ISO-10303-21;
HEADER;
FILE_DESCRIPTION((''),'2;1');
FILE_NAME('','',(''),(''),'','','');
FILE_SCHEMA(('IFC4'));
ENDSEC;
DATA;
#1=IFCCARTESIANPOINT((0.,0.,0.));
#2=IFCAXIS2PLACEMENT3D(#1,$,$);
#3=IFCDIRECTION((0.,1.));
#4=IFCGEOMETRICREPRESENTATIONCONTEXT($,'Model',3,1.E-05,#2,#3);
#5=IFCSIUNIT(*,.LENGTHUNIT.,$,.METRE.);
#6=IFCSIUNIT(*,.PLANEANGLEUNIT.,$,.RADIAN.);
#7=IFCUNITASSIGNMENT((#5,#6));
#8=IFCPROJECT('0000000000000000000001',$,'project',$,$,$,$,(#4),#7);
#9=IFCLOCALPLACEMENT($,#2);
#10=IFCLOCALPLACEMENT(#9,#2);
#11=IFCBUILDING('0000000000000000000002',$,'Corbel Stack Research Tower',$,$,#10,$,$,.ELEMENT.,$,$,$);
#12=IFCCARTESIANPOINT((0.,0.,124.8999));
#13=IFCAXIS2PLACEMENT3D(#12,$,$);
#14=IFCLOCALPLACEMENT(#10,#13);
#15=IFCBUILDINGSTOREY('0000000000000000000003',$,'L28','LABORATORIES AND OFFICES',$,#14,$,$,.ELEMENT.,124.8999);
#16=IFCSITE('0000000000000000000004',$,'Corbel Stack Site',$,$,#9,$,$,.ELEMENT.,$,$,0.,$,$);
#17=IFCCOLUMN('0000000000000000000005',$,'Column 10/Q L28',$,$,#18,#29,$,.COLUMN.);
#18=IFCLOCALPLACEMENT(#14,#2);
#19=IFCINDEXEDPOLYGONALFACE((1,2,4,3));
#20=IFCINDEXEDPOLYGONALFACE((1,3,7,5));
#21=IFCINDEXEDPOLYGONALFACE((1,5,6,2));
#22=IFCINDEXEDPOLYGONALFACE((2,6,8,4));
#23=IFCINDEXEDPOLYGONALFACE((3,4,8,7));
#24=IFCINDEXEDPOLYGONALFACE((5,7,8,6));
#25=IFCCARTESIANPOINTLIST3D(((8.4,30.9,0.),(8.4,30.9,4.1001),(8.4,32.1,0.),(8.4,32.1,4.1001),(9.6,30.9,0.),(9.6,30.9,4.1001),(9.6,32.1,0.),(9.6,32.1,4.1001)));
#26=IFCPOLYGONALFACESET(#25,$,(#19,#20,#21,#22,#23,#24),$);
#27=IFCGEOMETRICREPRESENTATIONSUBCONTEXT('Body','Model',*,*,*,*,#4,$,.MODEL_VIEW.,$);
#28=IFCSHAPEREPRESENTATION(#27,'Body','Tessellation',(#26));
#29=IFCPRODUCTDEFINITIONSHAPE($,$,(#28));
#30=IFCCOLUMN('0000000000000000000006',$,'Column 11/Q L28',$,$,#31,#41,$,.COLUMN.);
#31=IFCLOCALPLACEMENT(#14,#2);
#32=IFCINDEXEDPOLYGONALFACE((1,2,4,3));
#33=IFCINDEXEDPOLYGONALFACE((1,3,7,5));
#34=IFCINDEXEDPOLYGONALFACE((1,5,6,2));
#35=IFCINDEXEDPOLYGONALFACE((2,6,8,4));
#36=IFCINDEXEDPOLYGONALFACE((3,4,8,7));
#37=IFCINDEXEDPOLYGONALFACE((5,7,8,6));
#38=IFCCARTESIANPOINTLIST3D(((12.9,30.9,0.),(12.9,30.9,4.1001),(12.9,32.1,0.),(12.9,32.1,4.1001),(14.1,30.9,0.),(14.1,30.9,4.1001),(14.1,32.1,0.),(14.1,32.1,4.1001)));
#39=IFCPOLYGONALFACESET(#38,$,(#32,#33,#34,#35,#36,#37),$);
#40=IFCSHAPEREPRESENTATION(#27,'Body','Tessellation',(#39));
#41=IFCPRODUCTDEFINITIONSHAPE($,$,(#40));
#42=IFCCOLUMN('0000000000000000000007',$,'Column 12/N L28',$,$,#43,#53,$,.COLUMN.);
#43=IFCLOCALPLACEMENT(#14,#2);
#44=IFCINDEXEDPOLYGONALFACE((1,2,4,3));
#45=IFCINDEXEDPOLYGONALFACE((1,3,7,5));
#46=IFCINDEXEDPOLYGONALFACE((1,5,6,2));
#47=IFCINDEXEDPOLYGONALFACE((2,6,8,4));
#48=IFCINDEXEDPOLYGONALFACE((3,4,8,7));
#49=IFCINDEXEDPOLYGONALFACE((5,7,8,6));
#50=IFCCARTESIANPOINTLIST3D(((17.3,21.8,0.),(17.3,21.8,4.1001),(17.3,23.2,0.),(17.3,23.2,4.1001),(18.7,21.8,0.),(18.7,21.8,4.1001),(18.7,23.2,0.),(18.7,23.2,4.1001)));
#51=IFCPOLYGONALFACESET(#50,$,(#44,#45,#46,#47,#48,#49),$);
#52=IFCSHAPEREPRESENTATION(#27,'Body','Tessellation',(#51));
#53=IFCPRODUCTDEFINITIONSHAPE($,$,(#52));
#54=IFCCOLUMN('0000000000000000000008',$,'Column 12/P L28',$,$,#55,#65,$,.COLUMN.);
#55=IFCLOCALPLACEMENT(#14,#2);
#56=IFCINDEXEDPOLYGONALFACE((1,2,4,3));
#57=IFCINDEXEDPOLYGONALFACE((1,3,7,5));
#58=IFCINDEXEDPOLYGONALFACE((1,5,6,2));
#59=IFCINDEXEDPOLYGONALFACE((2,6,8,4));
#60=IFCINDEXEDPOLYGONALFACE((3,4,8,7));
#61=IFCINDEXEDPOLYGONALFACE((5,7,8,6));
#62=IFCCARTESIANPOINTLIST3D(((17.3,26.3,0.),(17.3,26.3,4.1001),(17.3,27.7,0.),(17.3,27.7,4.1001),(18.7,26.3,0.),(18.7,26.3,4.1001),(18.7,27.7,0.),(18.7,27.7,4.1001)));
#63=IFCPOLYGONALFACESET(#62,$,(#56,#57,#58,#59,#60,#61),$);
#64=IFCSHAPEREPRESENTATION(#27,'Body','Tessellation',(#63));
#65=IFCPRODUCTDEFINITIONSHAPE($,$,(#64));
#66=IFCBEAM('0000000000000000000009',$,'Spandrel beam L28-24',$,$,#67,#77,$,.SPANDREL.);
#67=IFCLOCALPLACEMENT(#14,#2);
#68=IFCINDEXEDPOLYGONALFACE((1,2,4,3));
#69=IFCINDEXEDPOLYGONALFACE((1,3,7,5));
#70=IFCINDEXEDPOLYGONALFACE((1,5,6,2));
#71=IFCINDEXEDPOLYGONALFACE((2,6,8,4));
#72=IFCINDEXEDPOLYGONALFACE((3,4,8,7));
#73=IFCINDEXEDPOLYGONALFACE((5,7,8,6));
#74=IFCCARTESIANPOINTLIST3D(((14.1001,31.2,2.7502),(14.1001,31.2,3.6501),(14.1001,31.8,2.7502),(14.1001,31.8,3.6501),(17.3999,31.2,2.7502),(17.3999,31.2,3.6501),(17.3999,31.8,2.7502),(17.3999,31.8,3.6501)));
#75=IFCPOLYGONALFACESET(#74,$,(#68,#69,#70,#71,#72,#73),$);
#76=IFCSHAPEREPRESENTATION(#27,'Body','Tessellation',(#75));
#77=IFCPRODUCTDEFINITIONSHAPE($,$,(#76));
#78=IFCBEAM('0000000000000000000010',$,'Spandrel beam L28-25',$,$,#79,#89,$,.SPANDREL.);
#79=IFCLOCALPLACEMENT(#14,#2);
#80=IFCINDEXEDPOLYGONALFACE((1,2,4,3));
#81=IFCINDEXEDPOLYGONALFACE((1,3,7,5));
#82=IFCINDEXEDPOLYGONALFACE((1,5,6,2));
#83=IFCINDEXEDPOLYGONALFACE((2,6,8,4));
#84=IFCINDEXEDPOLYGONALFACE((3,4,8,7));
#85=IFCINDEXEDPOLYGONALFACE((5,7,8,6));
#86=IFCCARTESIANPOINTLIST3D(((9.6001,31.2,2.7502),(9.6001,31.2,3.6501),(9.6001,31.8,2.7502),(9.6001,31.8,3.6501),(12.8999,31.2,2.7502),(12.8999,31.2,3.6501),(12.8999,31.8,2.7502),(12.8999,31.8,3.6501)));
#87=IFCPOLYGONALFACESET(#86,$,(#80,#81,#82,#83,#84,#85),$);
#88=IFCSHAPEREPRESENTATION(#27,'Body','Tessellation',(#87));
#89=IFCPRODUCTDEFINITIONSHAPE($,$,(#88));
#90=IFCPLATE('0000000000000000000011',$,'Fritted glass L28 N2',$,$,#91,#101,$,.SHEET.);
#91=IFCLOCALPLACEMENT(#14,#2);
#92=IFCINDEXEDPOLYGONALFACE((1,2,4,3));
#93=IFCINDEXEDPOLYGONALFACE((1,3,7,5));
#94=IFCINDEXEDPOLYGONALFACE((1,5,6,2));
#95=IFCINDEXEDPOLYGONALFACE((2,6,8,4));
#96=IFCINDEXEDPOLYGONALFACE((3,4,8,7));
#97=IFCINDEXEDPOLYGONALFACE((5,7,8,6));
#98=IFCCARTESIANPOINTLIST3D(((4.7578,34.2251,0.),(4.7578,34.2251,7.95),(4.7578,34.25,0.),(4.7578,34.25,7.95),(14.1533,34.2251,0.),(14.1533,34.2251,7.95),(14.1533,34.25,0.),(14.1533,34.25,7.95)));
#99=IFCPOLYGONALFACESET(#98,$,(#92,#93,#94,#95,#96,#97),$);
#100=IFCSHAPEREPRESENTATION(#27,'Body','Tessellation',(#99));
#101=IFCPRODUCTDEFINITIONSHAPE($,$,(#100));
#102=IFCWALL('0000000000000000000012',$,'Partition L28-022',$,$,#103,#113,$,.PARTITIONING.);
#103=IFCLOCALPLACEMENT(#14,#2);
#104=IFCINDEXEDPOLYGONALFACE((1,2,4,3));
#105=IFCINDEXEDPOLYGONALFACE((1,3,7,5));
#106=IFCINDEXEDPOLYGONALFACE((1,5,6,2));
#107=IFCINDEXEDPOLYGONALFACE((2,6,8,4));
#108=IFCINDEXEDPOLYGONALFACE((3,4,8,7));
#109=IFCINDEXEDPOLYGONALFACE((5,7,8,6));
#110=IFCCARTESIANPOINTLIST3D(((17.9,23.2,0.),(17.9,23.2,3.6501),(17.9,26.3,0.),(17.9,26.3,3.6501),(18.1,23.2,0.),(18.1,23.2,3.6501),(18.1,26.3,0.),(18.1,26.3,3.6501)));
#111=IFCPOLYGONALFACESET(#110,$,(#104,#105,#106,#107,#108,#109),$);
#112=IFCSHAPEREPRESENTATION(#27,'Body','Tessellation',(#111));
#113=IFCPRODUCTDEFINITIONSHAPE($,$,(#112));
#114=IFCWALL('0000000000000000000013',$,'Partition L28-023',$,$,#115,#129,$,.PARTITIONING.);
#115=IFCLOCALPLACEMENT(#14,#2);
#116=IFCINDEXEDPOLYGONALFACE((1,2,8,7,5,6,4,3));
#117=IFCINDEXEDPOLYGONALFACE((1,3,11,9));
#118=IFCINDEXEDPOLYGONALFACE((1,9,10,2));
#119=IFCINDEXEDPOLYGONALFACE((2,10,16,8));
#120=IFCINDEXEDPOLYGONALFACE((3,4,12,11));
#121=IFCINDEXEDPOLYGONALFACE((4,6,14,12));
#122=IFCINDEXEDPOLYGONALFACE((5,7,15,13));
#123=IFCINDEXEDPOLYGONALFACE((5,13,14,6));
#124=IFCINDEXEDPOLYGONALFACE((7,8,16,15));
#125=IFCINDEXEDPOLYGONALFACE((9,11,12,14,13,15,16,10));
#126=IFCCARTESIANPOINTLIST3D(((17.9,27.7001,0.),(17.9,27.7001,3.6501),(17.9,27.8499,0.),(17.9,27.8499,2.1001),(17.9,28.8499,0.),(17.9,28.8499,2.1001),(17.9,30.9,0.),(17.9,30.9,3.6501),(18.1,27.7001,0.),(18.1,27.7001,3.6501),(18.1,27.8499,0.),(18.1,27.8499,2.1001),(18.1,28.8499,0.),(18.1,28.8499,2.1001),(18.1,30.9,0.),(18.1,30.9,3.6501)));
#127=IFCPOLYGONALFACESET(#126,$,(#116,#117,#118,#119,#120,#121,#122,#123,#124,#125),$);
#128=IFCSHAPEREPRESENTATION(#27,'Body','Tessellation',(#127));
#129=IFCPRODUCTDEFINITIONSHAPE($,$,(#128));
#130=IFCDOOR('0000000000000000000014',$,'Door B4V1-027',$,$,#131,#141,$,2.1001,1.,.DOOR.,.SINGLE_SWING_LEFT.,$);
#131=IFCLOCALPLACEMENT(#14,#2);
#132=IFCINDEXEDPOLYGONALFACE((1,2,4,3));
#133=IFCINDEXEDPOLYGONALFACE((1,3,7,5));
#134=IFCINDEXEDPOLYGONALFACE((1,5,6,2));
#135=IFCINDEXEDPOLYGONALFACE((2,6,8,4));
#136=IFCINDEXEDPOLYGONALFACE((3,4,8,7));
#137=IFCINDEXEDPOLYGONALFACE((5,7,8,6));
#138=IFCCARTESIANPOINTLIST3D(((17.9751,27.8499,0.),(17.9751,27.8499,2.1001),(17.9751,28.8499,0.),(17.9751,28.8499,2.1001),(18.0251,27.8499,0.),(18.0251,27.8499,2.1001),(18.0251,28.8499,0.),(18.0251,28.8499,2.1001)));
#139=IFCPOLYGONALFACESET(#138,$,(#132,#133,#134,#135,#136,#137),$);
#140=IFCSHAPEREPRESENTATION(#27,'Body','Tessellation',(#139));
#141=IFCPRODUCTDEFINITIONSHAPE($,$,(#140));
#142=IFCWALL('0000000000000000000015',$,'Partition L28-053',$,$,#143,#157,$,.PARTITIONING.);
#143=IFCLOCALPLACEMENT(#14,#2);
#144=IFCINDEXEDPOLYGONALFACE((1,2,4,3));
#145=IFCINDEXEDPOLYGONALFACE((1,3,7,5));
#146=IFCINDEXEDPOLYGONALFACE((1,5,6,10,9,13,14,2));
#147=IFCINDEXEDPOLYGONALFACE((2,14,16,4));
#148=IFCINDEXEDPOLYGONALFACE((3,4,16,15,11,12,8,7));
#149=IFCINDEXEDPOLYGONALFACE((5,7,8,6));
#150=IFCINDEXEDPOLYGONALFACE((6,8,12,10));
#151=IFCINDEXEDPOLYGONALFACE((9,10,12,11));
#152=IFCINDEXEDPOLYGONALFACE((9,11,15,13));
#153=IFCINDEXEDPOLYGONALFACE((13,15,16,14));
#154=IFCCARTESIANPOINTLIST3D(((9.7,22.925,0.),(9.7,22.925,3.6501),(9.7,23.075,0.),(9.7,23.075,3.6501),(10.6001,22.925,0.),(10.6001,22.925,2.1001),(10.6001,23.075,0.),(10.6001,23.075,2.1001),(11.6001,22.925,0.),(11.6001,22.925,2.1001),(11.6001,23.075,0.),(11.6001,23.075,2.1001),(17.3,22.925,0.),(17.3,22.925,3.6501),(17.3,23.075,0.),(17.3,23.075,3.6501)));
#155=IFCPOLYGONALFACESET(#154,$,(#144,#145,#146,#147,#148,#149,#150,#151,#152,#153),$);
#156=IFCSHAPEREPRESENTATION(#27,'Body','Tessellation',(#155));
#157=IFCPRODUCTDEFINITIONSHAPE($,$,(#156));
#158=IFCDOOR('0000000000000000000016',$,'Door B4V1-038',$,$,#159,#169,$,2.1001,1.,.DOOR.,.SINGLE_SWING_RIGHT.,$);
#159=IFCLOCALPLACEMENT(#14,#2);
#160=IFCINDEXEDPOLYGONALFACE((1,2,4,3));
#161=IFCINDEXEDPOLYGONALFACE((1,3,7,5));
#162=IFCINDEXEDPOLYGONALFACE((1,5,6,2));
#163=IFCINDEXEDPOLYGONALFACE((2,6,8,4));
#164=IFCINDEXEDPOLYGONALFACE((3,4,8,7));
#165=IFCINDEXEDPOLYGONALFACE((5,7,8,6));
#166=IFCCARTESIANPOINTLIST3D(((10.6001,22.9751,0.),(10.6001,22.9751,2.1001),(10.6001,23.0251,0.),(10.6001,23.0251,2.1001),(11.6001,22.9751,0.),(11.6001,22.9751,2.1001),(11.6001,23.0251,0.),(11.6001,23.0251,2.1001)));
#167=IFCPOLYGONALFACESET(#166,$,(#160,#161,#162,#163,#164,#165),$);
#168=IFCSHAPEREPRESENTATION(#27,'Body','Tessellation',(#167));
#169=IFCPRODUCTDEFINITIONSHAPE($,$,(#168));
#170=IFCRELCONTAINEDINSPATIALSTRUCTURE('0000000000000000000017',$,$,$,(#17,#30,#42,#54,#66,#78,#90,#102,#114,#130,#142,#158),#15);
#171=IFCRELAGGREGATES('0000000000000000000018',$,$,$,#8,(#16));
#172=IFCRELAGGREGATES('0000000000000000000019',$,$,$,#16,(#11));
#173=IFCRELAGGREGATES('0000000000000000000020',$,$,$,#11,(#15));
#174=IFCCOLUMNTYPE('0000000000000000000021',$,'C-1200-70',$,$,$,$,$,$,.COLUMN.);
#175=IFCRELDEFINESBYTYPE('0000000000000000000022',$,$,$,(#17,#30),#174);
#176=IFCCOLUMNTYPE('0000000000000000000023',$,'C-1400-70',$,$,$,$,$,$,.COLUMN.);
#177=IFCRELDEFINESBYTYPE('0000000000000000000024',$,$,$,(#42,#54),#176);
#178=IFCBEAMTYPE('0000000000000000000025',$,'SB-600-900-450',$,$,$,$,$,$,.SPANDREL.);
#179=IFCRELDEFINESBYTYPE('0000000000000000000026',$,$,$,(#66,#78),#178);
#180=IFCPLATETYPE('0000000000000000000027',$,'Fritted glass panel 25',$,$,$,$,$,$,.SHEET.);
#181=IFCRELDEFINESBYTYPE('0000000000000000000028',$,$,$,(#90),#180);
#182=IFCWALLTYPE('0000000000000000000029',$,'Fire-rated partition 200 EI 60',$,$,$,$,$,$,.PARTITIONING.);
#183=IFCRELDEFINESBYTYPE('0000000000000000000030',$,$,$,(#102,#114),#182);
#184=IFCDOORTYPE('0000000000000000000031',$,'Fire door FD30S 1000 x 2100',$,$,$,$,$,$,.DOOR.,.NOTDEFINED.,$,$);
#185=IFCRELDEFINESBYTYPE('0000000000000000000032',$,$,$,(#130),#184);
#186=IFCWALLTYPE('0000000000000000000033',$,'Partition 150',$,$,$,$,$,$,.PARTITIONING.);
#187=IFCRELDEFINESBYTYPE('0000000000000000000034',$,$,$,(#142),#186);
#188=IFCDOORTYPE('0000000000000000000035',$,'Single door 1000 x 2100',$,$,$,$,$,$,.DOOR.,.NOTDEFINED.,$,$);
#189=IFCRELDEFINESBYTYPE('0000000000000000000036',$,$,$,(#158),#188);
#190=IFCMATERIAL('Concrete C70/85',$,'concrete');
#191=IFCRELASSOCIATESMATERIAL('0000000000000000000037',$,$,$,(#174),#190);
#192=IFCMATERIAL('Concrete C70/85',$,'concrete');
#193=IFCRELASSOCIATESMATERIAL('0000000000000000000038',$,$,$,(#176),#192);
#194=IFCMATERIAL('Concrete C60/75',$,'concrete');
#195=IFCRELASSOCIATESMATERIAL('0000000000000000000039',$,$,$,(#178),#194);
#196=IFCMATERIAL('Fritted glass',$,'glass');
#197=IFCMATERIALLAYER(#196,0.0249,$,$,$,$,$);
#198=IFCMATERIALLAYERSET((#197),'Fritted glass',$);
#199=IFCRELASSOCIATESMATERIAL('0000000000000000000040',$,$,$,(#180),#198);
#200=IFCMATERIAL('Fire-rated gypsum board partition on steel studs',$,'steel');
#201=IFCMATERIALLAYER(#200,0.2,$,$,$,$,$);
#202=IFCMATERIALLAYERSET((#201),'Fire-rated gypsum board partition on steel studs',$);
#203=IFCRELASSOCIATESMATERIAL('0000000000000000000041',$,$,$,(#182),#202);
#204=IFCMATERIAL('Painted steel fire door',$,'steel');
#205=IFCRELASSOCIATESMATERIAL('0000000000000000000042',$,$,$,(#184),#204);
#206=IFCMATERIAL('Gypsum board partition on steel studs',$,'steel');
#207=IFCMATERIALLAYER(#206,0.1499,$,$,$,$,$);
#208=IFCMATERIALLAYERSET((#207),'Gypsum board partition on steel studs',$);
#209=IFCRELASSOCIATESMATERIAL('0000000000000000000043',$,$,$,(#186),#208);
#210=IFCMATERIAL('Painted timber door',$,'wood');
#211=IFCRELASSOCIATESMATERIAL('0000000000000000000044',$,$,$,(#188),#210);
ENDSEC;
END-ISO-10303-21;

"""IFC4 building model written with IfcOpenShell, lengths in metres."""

from ifc_helpers import new_model, si_unit, direction, frame, frame_2d, origin, origin_2d, place, context, subcontext, project, spatial, rectangle, extrude, material, layer, layer_set, material_profile, profile_set, type_object, element, fill, save


model = new_model("IFC4")

# Units and contexts
model_context = context("Model", 3, precision=1e-05, world=origin(), true_north=direction((0.0, 1.0)))
body_context = subcontext(model_context, "Body", "Model", "MODEL_VIEW")
ifc_project = project(units=[si_unit("LENGTHUNIT", "METRE"), si_unit("PLANEANGLEUNIT", "RADIAN")], contexts=[model_context])

# Site, building, storey
site_placement = place(None, origin())
site = spatial("IfcSite", under=ifc_project, at=site_placement, Name="Corbel Stack Site", CompositionType="ELEMENT", RefElevation=0.0)
building_placement = place(site_placement, origin())
building = spatial("IfcBuilding", under=site, at=building_placement, Name="Corbel Stack Research Tower", CompositionType="ELEMENT")
storey_placement = place(building_placement, frame((0.0, 0.0, 124.8999)))
storey = spatial("IfcBuildingStorey", under=building, at=storey_placement, Name="L28", Description="LABORATORIES AND OFFICES", CompositionType="ELEMENT", Elevation=124.8999)

# Columns
ifc_material_1 = material(Name="Concrete C70/85", Category="concrete")
ifc_material_profile_1 = material_profile(ifc_material_1, rectangle(XDim=1.2, YDim=1.2, at=origin_2d()), Name="RC 1200 x 1200")
ifc_profile_set_1 = profile_set([ifc_material_profile_1], Name="Concrete C70/85")
column_type_1 = type_object("IfcColumnType", Name="C-1200-70", PredefinedType="COLUMN", material=ifc_profile_set_1)
for number, where, z_axis, x_axis, name in (
    (1, (9.0, 31.5, 0.0), (0.0, 0.0, 1.0), (1.0, 0.0, 0.0), "Column 10/Q L28"),
    (2, (13.5, 31.5, 0.0), (0.0, 0.0, 1.0), (1.0, 0.0, 0.0), "Column 11/Q L28"),
):
    element("IfcColumn", number, at=place(storey_placement, frame(where, z_axis=z_axis, x_axis=x_axis)), inside=storey, type_object=column_type_1, Name=name, PredefinedType="COLUMN", context=body_context, shape_type="SweptSolid", body=[
        extrude(rectangle(XDim=1.2, YDim=1.2, at=origin_2d()), origin(), (0.0, 0.0, 1.0), 4.1001),
    ])
ifc_material_2 = material(Name="Concrete C70/85", Category="concrete")
ifc_material_profile_2 = material_profile(ifc_material_2, rectangle(XDim=1.3999, YDim=1.3999, at=origin_2d()), Name="RC 1400 x 1400")
ifc_profile_set_2 = profile_set([ifc_material_profile_2], Name="Concrete C70/85")
column_type_2 = type_object("IfcColumnType", Name="C-1400-70", PredefinedType="COLUMN", material=ifc_profile_set_2)
for number, where, z_axis, x_axis, name in (
    (3, (18.0, 22.5, 0.0), (0.0, 0.0, 1.0), (1.0, 0.0, 0.0), "Column 12/N L28"),
    (4, (18.0, 27.0, 0.0), (0.0, 0.0, 1.0), (1.0, 0.0, 0.0), "Column 12/P L28"),
):
    element("IfcColumn", number, at=place(storey_placement, frame(where, z_axis=z_axis, x_axis=x_axis)), inside=storey, type_object=column_type_2, Name=name, PredefinedType="COLUMN", context=body_context, shape_type="SweptSolid", body=[
        extrude(rectangle(XDim=1.3999, YDim=1.3999, at=origin_2d()), origin(), (0.0, 0.0, 1.0), 4.1001),
    ])

# Beams
ifc_material_3 = material(Name="Concrete C60/75", Category="concrete")
ifc_material_profile_3 = material_profile(ifc_material_3, rectangle(XDim=0.6001, YDim=0.8999, at=origin_2d()), Name="RC 600 x 900")
ifc_profile_set_3 = profile_set([ifc_material_profile_3], Name="Concrete C60/75")
beam_type = type_object("IfcBeamType", Name="SB-600-900-450", PredefinedType="SPANDREL", material=ifc_profile_set_3)
for number, where, z_axis, x_axis, name in (
    (5, (17.3999, 31.5, 3.2002), (-1.0, 0.0, 0.0), (0.0, -1.0, 0.0), "Spandrel beam L28-24"),
    (6, (12.8999, 31.5, 3.2002), (-1.0, 0.0, 0.0), (0.0, -1.0, 0.0), "Spandrel beam L28-25"),
):
    element("IfcBeam", number, at=place(storey_placement, frame(where, z_axis=z_axis, x_axis=x_axis)), inside=storey, type_object=beam_type, Name=name, PredefinedType="SPANDREL", context=body_context, shape_type="SweptSolid", body=[
        extrude(rectangle(XDim=0.6001, YDim=0.8999, at=origin_2d()), origin(), (0.0, 0.0, 1.0), 3.2998),
    ])

# Plate
ifc_material_4 = material(Name="Fritted glass", Category="glass")
ifc_layer_1 = layer(ifc_material_4, 0.0249)
ifc_layer_set_1 = layer_set([ifc_layer_1], Name="Fritted glass")
plate_type = type_object("IfcPlateType", Name="Fritted glass panel 25", PredefinedType="SHEET", material=ifc_layer_set_1)
plate_placement = place(storey_placement, frame((9.4556, 34.2375, 0.0), z_axis=(0.0, 0.0, 1.0), x_axis=(-1.0, 0.0, 0.0)))
element("IfcPlate", 7, at=plate_placement, inside=storey, type_object=plate_type, Name="Fritted glass L28 N2", PredefinedType="SHEET", context=body_context, shape_type="SweptSolid", body=[
    extrude(rectangle(XDim=9.3955, YDim=0.0249, at=origin_2d()), origin(), (0.0, 0.0, 1.0), 7.95),
])

# Wall
ifc_material_5 = material(Name="Fire-rated gypsum board partition on steel studs", Category="steel")
ifc_layer_2 = layer(ifc_material_5, 0.2)
ifc_layer_set_2 = layer_set([ifc_layer_2], Name="Fire-rated gypsum board partition on steel studs")
wall_type_1 = type_object("IfcWallType", Name="Fire-rated partition 200 EI 60", PredefinedType="PARTITIONING", material=ifc_layer_set_2)
wall_1_placement = place(storey_placement, frame((18.0, 23.2, 0.0), z_axis=(0.0, 0.0, 1.0), x_axis=(0.0, 1.0, 0.0)))
element("IfcWall", 8, at=wall_1_placement, inside=storey, type_object=wall_type_1, Name="Partition L28-022", PredefinedType="PARTITIONING", context=body_context, shape_type="SweptSolid", body=[
    extrude(rectangle(XDim=3.1001, YDim=0.2, at=frame_2d((1.55, 0.0))), origin(), (0.0, 0.0, 1.0), 3.6501),
])

# Walls, openings, doors
wall_2_placement = place(storey_placement, frame((18.0, 27.7, 0.0), z_axis=(0.0, 0.0, 1.0), x_axis=(0.0, 1.0, 0.0)))
wall_2 = element("IfcWall", 9, at=wall_2_placement, inside=storey, type_object=wall_type_1, Name="Partition L28-023", PredefinedType="PARTITIONING", context=body_context, shape_type="SweptSolid", body=[
    extrude(rectangle(XDim=3.2, YDim=0.2, at=frame_2d((1.6001, 0.0))), origin(), (0.0, 0.0, 1.0), 3.6501),
])
opening_1_placement = place(wall_2_placement, frame((0.1499, 0.0, 0.0)))
opening_1 = element("IfcOpeningElement", 10, at=opening_1_placement, cuts=wall_2, PredefinedType="OPENING", context=body_context, shape_type="SweptSolid", body=[
    extrude(rectangle(XDim=1.0, YDim=2.1001, at=frame_2d((0.5, 1.05))), frame((0.0, 0.1099, 0.0), z_axis=(0.0, -1.0, 0.0), x_axis=(1.0, 0.0, 0.0)), (0.0, 0.0, 1.0), 0.22),
])
ifc_material_6 = material(Name="Painted steel fire door", Category="steel")
door_type_1 = type_object("IfcDoorType", Name="Fire door FD30S 1000 x 2100", OperationType="NOTDEFINED", PredefinedType="DOOR", material=ifc_material_6)
door_1_placement = place(opening_1_placement, origin())
door_1 = element("IfcDoor", 11, at=door_1_placement, inside=storey, type_object=door_type_1, Name="Door B4V1-027", OperationType="SINGLE_SWING_LEFT", OverallHeight=2.1001, OverallWidth=1.0, PredefinedType="DOOR", context=body_context, shape_type="SweptSolid", body=[
    extrude(rectangle(XDim=1.0, YDim=2.1001, at=frame_2d((0.5, 1.05))), frame((0.0, 0.0249, 0.0), z_axis=(0.0, -1.0, 0.0), x_axis=(1.0, 0.0, 0.0)), (0.0, 0.0, 1.0), 0.05),
])
fill(opening_1, door_1)
ifc_material_7 = material(Name="Gypsum board partition on steel studs", Category="steel")
ifc_layer_3 = layer(ifc_material_7, 0.1499)
ifc_layer_set_3 = layer_set([ifc_layer_3], Name="Gypsum board partition on steel studs")
wall_type_2 = type_object("IfcWallType", Name="Partition 150", PredefinedType="PARTITIONING", material=ifc_layer_set_3)
wall_3_placement = place(storey_placement, frame((17.3, 23.0, 0.0), z_axis=(0.0, 0.0, 1.0), x_axis=(-1.0, 0.0, 0.0)))
wall_3 = element("IfcWall", 12, at=wall_3_placement, inside=storey, type_object=wall_type_2, Name="Partition L28-053", PredefinedType="PARTITIONING", context=body_context, shape_type="SweptSolid", body=[
    extrude(rectangle(XDim=7.6001, YDim=0.1499, at=frame_2d((3.8, 0.0))), origin(), (0.0, 0.0, 1.0), 3.6501),
])
opening_2_placement = place(wall_3_placement, frame((5.7, 0.0, 0.0)))
opening_2 = element("IfcOpeningElement", 13, at=opening_2_placement, cuts=wall_3, PredefinedType="OPENING", context=body_context, shape_type="SweptSolid", body=[
    extrude(rectangle(XDim=1.0, YDim=2.1001, at=frame_2d((0.5, 1.05))), frame((0.0, 0.085, 0.0), z_axis=(0.0, -1.0, 0.0), x_axis=(1.0, 0.0, 0.0)), (0.0, 0.0, 1.0), 0.1699),
])
ifc_material_8 = material(Name="Painted timber door", Category="wood")
door_type_2 = type_object("IfcDoorType", Name="Single door 1000 x 2100", OperationType="NOTDEFINED", PredefinedType="DOOR", material=ifc_material_8)
door_2_placement = place(opening_2_placement, origin())
door_2 = element("IfcDoor", 14, at=door_2_placement, inside=storey, type_object=door_type_2, Name="Door B4V1-038", OperationType="SINGLE_SWING_RIGHT", OverallHeight=2.1001, OverallWidth=1.0, PredefinedType="DOOR", context=body_context, shape_type="SweptSolid", body=[
    extrude(rectangle(XDim=1.0, YDim=2.1001, at=frame_2d((0.5, 1.05))), frame((0.0, 0.0249, 0.0), z_axis=(0.0, -1.0, 0.0), x_axis=(1.0, 0.0, 0.0)), (0.0, 0.0, 1.0), 0.05),
])
fill(opening_2, door_2)

save(model, "model.ifc")
